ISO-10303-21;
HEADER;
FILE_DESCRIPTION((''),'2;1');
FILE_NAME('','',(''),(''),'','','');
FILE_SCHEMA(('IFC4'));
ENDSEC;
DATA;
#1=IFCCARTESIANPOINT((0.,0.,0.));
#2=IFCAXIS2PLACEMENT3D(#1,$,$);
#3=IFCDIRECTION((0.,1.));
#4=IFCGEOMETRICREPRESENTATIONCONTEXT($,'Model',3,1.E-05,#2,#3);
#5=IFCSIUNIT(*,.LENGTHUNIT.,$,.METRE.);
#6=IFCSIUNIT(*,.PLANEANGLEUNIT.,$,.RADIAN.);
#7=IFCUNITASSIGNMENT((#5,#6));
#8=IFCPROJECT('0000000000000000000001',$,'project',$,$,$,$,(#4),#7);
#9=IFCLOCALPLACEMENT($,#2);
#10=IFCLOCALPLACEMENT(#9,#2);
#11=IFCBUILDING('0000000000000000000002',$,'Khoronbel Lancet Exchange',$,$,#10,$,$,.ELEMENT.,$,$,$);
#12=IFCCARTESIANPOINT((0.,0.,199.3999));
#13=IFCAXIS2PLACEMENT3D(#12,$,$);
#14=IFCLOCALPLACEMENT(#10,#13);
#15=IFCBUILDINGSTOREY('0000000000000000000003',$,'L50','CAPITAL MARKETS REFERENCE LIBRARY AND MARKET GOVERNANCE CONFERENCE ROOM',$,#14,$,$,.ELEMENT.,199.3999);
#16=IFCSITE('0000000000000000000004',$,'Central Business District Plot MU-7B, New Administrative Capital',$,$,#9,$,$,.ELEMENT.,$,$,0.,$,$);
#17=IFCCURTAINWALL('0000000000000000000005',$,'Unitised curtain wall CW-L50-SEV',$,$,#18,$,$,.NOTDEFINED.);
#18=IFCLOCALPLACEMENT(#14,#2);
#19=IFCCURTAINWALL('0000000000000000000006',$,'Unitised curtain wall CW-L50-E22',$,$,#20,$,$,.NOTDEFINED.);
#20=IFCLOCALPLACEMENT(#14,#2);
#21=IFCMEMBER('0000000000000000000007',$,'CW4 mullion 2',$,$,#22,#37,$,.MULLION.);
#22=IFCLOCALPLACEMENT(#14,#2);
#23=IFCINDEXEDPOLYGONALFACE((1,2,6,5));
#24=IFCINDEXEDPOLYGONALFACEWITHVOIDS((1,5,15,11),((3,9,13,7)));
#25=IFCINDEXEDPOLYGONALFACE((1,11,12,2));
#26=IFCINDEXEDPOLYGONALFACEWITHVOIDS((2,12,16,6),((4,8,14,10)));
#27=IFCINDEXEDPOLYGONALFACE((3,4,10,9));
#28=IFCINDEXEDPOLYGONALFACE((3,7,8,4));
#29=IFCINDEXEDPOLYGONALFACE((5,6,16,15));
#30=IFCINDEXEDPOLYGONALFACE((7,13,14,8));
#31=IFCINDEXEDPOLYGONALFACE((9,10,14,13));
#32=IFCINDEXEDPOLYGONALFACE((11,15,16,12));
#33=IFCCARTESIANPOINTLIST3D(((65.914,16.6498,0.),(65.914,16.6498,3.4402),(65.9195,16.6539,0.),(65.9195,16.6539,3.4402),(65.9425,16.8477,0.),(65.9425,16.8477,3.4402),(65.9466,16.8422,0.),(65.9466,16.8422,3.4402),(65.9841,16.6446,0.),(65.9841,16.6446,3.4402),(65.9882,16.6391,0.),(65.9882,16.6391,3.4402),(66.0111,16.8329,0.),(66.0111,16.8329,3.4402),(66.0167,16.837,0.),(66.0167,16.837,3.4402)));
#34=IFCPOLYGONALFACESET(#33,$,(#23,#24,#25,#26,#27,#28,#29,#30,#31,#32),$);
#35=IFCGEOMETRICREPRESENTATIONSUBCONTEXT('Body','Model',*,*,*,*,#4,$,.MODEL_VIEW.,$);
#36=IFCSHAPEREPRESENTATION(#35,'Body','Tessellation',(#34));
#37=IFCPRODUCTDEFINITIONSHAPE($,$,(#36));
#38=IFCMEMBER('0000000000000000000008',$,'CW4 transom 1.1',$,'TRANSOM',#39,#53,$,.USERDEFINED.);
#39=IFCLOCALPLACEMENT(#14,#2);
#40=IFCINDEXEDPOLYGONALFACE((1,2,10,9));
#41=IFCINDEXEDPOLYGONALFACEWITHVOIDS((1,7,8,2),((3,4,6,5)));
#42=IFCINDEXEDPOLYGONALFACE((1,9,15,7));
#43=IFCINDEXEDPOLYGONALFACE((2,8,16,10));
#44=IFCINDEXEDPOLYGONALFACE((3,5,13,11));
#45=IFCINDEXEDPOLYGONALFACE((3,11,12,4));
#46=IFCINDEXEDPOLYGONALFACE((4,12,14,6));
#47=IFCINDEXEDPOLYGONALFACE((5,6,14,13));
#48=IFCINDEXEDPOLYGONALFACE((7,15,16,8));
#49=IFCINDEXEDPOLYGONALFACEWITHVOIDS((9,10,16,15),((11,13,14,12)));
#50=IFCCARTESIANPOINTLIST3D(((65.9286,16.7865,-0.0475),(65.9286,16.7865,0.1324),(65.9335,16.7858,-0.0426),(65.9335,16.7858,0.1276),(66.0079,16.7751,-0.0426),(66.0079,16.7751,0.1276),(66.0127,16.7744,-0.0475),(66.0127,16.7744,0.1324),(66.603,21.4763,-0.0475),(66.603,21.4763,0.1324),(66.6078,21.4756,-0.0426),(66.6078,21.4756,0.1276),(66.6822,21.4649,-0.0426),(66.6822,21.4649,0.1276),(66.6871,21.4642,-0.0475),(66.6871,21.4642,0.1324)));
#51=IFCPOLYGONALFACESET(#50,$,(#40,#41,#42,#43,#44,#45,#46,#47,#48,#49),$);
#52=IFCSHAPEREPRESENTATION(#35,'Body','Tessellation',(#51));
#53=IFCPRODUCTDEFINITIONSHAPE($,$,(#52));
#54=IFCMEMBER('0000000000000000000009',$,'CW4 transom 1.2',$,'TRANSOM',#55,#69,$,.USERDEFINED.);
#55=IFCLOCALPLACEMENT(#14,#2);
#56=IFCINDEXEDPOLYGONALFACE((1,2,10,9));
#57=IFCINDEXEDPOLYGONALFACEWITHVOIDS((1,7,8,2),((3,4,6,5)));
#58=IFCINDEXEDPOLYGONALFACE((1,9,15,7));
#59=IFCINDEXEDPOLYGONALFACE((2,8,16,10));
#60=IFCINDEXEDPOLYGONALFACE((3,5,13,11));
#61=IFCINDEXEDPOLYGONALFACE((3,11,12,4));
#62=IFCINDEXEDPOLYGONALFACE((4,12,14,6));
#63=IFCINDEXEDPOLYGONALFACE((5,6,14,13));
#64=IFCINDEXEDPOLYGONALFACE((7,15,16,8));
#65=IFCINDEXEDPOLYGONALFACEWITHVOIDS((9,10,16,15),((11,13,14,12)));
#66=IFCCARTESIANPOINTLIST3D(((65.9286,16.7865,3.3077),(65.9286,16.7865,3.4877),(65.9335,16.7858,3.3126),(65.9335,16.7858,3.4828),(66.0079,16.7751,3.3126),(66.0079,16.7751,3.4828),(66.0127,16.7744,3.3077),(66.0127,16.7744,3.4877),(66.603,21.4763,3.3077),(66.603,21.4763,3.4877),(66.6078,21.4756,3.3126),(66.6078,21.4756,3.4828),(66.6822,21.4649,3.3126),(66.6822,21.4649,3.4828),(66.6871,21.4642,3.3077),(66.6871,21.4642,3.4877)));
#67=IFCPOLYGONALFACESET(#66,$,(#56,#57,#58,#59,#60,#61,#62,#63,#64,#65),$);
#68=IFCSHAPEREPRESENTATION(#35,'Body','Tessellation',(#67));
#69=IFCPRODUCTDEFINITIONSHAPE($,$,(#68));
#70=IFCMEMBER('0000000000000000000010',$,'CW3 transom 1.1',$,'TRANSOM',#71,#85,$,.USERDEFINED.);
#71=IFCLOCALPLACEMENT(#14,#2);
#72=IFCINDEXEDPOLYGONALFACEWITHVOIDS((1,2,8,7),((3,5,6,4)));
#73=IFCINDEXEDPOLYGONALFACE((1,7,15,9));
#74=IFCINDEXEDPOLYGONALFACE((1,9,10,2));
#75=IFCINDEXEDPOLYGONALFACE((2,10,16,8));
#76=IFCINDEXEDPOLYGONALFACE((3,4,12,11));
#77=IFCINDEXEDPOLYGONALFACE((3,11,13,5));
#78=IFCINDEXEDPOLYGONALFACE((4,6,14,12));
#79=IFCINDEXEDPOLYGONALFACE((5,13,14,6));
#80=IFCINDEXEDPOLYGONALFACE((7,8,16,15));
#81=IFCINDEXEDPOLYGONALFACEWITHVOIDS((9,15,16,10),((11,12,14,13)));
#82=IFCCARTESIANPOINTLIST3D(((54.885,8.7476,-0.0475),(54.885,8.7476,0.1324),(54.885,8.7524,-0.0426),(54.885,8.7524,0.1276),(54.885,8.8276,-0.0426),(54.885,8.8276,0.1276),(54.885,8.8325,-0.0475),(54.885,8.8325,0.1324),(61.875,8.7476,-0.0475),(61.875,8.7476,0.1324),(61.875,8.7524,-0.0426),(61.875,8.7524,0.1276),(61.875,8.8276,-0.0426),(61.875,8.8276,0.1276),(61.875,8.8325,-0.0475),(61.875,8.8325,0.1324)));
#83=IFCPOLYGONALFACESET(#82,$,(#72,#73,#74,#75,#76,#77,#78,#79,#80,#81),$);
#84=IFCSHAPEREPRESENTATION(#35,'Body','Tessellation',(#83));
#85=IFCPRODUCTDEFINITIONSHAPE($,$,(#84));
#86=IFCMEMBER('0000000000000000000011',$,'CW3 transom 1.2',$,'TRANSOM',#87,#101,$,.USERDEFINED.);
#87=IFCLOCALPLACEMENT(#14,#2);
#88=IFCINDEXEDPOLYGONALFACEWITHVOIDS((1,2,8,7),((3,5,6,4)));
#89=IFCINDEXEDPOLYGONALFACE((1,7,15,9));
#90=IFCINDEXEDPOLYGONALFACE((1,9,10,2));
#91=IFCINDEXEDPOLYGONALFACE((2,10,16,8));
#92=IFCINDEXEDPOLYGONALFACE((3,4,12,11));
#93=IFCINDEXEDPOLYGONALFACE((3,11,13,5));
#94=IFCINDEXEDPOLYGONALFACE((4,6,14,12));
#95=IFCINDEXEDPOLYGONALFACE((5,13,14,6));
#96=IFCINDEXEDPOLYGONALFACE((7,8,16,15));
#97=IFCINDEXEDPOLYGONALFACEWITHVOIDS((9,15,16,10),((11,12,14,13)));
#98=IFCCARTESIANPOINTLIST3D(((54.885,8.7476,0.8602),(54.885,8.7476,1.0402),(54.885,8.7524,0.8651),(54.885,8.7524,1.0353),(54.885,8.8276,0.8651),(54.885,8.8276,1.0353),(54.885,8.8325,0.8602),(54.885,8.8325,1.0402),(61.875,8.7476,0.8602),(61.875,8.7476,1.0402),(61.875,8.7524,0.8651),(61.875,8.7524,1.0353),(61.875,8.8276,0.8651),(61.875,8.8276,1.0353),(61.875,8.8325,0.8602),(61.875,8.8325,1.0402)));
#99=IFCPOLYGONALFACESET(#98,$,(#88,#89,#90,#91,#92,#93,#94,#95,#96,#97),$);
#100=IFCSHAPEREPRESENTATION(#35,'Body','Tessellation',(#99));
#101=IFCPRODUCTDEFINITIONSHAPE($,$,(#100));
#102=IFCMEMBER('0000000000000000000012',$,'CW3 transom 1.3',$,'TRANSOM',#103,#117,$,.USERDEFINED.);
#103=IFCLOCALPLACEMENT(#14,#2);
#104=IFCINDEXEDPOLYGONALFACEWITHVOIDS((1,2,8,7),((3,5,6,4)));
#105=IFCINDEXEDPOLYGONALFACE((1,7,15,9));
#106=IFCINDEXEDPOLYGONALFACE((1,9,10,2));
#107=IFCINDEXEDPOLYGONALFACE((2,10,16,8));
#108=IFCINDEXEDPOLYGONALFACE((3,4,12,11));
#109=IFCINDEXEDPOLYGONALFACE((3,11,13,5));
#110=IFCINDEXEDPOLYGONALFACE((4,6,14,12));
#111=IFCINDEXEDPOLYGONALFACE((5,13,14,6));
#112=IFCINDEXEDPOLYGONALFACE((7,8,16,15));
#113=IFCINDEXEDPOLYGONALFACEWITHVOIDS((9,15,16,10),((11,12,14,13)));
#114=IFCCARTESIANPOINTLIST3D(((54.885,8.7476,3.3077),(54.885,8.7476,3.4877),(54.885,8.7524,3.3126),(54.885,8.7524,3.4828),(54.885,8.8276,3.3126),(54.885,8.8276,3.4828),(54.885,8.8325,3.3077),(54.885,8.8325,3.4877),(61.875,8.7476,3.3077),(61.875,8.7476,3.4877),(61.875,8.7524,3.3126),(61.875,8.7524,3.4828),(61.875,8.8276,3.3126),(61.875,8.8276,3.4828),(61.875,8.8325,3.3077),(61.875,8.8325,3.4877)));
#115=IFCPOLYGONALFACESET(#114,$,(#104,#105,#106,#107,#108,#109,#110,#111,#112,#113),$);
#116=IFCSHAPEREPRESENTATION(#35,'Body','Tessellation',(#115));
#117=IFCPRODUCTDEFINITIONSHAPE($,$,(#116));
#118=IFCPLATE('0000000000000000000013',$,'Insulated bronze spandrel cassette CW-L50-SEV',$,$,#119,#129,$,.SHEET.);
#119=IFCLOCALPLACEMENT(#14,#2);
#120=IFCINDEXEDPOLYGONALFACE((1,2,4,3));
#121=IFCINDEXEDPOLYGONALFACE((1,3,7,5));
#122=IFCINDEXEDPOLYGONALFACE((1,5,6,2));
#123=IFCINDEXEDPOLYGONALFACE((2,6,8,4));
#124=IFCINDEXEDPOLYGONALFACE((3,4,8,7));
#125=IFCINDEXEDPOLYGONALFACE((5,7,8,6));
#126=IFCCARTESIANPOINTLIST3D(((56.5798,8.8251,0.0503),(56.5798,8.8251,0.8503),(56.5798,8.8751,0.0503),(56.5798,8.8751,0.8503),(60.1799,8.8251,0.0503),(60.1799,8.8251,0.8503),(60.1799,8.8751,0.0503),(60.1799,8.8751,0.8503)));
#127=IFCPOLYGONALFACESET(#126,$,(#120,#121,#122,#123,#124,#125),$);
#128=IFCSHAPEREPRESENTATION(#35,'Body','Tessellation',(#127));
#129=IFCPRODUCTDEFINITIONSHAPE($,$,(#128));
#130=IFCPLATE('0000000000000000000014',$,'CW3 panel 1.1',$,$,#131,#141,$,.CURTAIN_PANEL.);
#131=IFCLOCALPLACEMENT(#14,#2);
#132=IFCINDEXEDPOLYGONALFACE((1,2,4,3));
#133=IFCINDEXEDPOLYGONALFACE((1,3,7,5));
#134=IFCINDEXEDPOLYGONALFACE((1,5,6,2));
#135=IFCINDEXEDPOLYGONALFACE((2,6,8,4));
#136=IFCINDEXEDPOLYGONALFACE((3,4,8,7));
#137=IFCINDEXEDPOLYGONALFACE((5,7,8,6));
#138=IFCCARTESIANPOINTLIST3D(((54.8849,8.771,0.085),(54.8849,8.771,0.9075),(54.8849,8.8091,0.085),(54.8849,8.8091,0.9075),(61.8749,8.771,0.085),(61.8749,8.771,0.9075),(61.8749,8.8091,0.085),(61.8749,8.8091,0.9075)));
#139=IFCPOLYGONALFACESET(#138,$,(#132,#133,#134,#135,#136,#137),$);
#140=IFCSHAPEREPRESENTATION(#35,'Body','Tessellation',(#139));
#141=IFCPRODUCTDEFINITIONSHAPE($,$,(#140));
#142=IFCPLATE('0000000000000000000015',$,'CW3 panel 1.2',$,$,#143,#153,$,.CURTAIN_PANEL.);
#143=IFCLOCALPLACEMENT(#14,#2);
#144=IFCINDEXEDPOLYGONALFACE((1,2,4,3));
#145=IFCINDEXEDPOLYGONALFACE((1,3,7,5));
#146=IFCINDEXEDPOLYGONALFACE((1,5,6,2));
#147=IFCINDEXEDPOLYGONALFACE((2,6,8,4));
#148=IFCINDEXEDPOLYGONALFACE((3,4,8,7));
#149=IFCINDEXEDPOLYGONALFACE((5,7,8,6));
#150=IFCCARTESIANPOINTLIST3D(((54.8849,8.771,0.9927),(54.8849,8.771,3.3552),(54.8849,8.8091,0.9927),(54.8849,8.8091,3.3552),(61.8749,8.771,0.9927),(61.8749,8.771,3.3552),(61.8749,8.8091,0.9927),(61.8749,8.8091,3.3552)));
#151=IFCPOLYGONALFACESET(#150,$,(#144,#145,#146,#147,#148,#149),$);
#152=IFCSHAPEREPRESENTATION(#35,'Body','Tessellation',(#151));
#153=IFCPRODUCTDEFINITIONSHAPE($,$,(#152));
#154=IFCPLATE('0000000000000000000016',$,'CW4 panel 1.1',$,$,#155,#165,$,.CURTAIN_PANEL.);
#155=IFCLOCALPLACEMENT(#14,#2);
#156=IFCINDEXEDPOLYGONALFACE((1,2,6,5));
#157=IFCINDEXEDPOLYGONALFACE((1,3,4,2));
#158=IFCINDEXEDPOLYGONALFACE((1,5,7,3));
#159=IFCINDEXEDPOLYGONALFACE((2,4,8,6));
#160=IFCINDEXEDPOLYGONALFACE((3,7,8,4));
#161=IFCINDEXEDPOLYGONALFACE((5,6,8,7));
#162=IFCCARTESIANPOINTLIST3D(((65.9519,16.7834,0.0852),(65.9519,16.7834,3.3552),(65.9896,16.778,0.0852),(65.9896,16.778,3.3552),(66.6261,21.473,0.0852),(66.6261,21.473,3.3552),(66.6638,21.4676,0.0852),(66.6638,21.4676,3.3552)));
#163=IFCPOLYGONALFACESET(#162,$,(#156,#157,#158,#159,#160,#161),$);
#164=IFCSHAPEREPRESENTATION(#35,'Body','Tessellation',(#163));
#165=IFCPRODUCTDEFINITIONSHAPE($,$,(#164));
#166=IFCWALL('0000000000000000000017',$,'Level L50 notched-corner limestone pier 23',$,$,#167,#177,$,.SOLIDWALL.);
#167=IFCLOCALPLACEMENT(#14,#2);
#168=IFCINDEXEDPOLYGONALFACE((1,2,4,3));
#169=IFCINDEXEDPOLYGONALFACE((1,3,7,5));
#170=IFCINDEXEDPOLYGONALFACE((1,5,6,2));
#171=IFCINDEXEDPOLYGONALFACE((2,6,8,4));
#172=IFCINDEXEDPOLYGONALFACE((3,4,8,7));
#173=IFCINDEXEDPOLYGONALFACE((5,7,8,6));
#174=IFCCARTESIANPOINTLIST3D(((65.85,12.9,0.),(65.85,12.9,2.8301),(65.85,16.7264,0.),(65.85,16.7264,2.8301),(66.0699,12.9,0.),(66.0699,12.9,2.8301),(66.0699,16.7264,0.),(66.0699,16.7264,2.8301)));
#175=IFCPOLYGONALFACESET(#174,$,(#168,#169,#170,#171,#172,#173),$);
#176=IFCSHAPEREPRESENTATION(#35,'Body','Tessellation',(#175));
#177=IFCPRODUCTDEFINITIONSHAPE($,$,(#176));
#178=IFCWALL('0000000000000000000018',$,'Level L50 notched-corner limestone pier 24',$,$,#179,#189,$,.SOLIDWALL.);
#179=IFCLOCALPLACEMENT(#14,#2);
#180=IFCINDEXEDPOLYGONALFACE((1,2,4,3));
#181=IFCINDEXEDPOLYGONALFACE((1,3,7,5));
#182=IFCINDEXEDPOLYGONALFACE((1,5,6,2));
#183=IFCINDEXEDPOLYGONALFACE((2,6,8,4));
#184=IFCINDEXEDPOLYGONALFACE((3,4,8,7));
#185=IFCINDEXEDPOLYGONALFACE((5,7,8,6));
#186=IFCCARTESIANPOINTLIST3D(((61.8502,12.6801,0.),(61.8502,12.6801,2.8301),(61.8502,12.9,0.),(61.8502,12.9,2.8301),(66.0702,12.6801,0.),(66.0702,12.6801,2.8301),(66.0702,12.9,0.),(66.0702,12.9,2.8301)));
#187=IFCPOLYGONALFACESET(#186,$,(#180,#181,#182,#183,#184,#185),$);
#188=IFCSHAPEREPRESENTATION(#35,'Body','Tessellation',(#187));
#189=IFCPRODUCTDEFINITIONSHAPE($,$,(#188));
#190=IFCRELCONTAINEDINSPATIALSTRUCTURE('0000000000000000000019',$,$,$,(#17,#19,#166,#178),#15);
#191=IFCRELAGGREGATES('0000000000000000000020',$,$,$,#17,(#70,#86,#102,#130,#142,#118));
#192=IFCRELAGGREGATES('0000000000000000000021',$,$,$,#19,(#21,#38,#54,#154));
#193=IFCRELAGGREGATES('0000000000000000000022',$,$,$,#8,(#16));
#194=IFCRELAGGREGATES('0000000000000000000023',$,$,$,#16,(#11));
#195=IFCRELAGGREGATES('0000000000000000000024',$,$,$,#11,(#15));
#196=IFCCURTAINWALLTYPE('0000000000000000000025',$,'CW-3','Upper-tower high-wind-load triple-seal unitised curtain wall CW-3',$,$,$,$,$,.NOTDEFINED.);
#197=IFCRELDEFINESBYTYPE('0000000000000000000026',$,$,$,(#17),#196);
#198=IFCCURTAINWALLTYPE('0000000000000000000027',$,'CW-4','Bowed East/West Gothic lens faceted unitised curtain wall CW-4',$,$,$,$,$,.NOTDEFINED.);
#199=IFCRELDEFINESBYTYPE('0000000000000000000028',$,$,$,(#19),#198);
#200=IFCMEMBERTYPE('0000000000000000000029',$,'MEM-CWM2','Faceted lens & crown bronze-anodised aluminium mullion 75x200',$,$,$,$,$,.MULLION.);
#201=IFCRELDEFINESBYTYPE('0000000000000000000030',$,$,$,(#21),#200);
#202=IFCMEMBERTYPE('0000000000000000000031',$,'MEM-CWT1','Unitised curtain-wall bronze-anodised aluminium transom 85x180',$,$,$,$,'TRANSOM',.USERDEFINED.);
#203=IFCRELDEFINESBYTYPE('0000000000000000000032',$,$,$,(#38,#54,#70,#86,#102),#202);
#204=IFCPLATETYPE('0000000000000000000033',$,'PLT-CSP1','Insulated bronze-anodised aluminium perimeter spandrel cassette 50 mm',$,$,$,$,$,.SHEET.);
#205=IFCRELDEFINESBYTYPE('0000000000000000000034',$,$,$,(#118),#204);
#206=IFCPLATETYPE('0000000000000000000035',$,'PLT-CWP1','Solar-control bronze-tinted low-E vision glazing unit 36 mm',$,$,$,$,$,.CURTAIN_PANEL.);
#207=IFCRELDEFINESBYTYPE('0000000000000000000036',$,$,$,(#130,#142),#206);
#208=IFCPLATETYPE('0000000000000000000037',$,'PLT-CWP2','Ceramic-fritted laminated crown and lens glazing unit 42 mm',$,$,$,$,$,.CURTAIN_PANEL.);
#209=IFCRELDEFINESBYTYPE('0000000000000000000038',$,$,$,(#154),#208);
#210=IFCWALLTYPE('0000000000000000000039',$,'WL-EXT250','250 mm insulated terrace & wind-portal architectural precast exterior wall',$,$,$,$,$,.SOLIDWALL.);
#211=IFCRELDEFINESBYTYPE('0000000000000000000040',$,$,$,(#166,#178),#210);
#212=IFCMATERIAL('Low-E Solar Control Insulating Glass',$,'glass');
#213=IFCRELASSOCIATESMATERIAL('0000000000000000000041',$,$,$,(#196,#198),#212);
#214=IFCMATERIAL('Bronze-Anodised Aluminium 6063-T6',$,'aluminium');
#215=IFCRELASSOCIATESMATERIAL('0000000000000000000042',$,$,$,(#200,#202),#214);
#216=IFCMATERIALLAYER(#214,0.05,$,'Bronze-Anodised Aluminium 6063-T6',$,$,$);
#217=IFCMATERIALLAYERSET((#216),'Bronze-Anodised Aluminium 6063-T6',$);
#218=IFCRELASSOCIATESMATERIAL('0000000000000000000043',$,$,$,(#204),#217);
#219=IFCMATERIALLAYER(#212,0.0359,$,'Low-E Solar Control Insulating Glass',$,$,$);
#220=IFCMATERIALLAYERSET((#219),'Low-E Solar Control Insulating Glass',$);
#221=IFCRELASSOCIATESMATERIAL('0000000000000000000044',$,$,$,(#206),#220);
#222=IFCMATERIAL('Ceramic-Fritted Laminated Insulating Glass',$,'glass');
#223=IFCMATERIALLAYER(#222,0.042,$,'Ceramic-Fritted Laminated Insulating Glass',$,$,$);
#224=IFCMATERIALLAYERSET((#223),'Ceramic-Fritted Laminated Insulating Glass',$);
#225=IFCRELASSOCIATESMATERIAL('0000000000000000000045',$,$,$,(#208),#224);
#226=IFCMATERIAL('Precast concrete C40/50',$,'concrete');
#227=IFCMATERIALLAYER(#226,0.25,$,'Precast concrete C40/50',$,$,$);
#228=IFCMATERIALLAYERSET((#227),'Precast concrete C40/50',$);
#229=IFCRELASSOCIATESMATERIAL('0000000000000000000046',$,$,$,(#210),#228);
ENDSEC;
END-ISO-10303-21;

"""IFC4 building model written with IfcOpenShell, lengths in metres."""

from ifc_helpers import new_model, si_unit, direction, frame, frame_2d, origin, origin_2d, place, context, subcontext, project, spatial, rectangle, hollow_rectangle, extrude, material, layer, layer_set, material_profile, profile_set, type_object, element, aggregate, save


model = new_model("IFC4")

# Units and contexts
model_context = context("Model", 3, precision=1e-05, world=origin(), true_north=direction((0.0, 1.0)))
body_context = subcontext(model_context, "Body", "Model", "MODEL_VIEW")
ifc_project = project(units=[si_unit("LENGTHUNIT", "METRE"), si_unit("PLANEANGLEUNIT", "RADIAN")], contexts=[model_context])

# Site, building, storey
site_placement = place(None, origin())
site = spatial("IfcSite", under=ifc_project, at=site_placement, Name="Central Business District Plot MU-7B, New Administrative Capital", CompositionType="ELEMENT", RefElevation=0.0)
building_placement = place(site_placement, origin())
building = spatial("IfcBuilding", under=site, at=building_placement, Name="Khoronbel Lancet Exchange", CompositionType="ELEMENT")
storey_placement = place(building_placement, frame((0.0, 0.0, 199.3999)))
storey = spatial("IfcBuildingStorey", under=building, at=storey_placement, Name="L50", Description="CAPITAL MARKETS REFERENCE LIBRARY AND MARKET GOVERNANCE CONFERENCE ROOM", CompositionType="ELEMENT", Elevation=199.3999)

# Shared definitions
ifc_material_1 = material(Name="Low-E Solar Control Insulating Glass", Category="glass")
curtain_wall_type_1 = type_object("IfcCurtainWallType", Name="CW-3", Description="Upper-tower high-wind-load triple-seal unitised curtain wall CW-3", PredefinedType="NOTDEFINED", material=ifc_material_1)
ifc_material_2 = material(Name="Bronze-Anodised Aluminium 6063-T6", Category="aluminium")

# Curtain walls, members
curtain_wall_1_placement = place(storey_placement, origin())
curtain_wall_1 = element("IfcCurtainWall", 1, at=curtain_wall_1_placement, inside=storey, type_object=curtain_wall_type_1, Name="Unitised curtain wall CW-L50-SEV", PredefinedType="NOTDEFINED")
curtain_wall_type_2 = type_object("IfcCurtainWallType", Name="CW-4", Description="Bowed East/West Gothic lens faceted unitised curtain wall CW-4", PredefinedType="NOTDEFINED", material=ifc_material_1)
curtain_wall_2_placement = place(storey_placement, origin())
curtain_wall_2 = element("IfcCurtainWall", 2, at=curtain_wall_2_placement, inside=storey, type_object=curtain_wall_type_2, Name="Unitised curtain wall CW-L50-E22", PredefinedType="NOTDEFINED")
ifc_material_profile_1 = material_profile(ifc_material_2, hollow_rectangle(XDim=0.075, YDim=0.2, WallThickness=0.0049, at=origin_2d()), Name="ALU MULLION 75x200")
ifc_profile_set_1 = profile_set([ifc_material_profile_1], Name="Bronze-Anodised Aluminium 6063-T6")
member_type_1 = type_object("IfcMemberType", Name="MEM-CWM2", Description="Faceted lens & crown bronze-anodised aluminium mullion 75x200", PredefinedType="MULLION", material=ifc_profile_set_1)
member_1_placement = place(storey_placement, frame((65.9653, 16.7434, 0.0), z_axis=(0.0, 0.0, 1.0), x_axis=(0.989821, -0.142315, 0.0)))
member_1 = element("IfcMember", 3, at=member_1_placement, type_object=member_type_1, Name="CW4 mullion 2", PredefinedType="MULLION", context=body_context, shape_type="SweptSolid", body=[
    extrude(hollow_rectangle(XDim=0.075, YDim=0.2, WallThickness=0.0049, at=origin_2d()), origin(), (0.0, 0.0, 1.0), 3.4402),
])
ifc_material_profile_2 = material_profile(ifc_material_2, hollow_rectangle(XDim=0.085, YDim=0.1799, WallThickness=0.0049, at=origin_2d()), Name="ALU TRANSOM 85x180")
ifc_profile_set_2 = profile_set([ifc_material_profile_2], Name="Bronze-Anodised Aluminium 6063-T6")
member_type_2 = type_object("IfcMemberType", Name="MEM-CWT1", Description="Unitised curtain-wall bronze-anodised aluminium transom 85x180", ElementType="TRANSOM", PredefinedType="USERDEFINED", material=ifc_profile_set_2)
member_2_placement = place(storey_placement, frame((66.645, 21.4702, 0.0425), z_axis=(-0.142323, -0.98982, 0.0), x_axis=(0.98982, -0.142323, 0.0)))
member_2 = element("IfcMember", 4, at=member_2_placement, type_object=member_type_2, Name="CW4 transom 1.1", ObjectType="TRANSOM", PredefinedType="USERDEFINED", context=body_context, shape_type="SweptSolid", body=[
    extrude(hollow_rectangle(XDim=0.085, YDim=0.1799, WallThickness=0.0049, at=origin_2d()), origin(), (0.0, 0.0, 1.0), 4.738),
])
member_3_placement = place(storey_placement, frame((66.645, 21.4702, 3.3977), z_axis=(-0.142323, -0.98982, 0.0), x_axis=(0.98982, -0.142323, 0.0)))
member_3 = element("IfcMember", 5, at=member_3_placement, type_object=member_type_2, Name="CW4 transom 1.2", ObjectType="TRANSOM", PredefinedType="USERDEFINED", context=body_context, shape_type="SweptSolid", body=[
    extrude(hollow_rectangle(XDim=0.085, YDim=0.1799, WallThickness=0.0049, at=origin_2d()), origin(), (0.0, 0.0, 1.0), 4.738),
])

# Members
member_4_placement = place(storey_placement, frame((54.885, 8.79, 0.0425), z_axis=(1.0, 0.0, 0.0), x_axis=(0.0, 1.0, 0.0)))
member_4 = element("IfcMember", 6, at=member_4_placement, type_object=member_type_2, Name="CW3 transom 1.1", ObjectType="TRANSOM", PredefinedType="USERDEFINED", context=body_context, shape_type="SweptSolid", body=[
    extrude(hollow_rectangle(XDim=0.085, YDim=0.1799, WallThickness=0.0049, at=origin_2d()), origin(), (0.0, 0.0, 1.0), 6.99),
])
member_5_placement = place(storey_placement, frame((54.885, 8.79, 0.9502), z_axis=(1.0, 0.0, 0.0), x_axis=(0.0, 1.0, 0.0)))
member_5 = element("IfcMember", 7, at=member_5_placement, type_object=member_type_2, Name="CW3 transom 1.2", ObjectType="TRANSOM", PredefinedType="USERDEFINED", context=body_context, shape_type="SweptSolid", body=[
    extrude(hollow_rectangle(XDim=0.085, YDim=0.1799, WallThickness=0.0049, at=origin_2d()), origin(), (0.0, 0.0, 1.0), 6.99),
])
member_6_placement = place(storey_placement, frame((54.885, 8.79, 3.3977), z_axis=(1.0, 0.0, 0.0), x_axis=(0.0, 1.0, 0.0)))
member_6 = element("IfcMember", 8, at=member_6_placement, type_object=member_type_2, Name="CW3 transom 1.3", ObjectType="TRANSOM", PredefinedType="USERDEFINED", context=body_context, shape_type="SweptSolid", body=[
    extrude(hollow_rectangle(XDim=0.085, YDim=0.1799, WallThickness=0.0049, at=origin_2d()), origin(), (0.0, 0.0, 1.0), 6.99),
])

# Plates
ifc_layer_1 = layer(ifc_material_2, 0.05, Name="Bronze-Anodised Aluminium 6063-T6")
ifc_layer_set_1 = layer_set([ifc_layer_1], Name="Bronze-Anodised Aluminium 6063-T6")
plate_type_1 = type_object("IfcPlateType", Name="PLT-CSP1", Description="Insulated bronze-anodised aluminium perimeter spandrel cassette 50 mm", PredefinedType="SHEET", material=ifc_layer_set_1)
plate_1_placement = place(storey_placement, frame((58.3799, 8.8501, 0.0503), z_axis=(0.0, 0.0, 1.0), x_axis=(1.0, 0.0, 0.0)))
plate_1 = element("IfcPlate", 9, at=plate_1_placement, type_object=plate_type_1, Name="Insulated bronze spandrel cassette CW-L50-SEV", PredefinedType="SHEET", context=body_context, shape_type="SweptSolid", body=[
    extrude(rectangle(XDim=3.6001, YDim=0.05, at=origin_2d()), origin(), (0.0, 0.0, 1.0), 0.8),
])
ifc_layer_2 = layer(ifc_material_1, 0.0359, Name="Low-E Solar Control Insulating Glass")
ifc_layer_set_2 = layer_set([ifc_layer_2], Name="Low-E Solar Control Insulating Glass")
plate_type_2 = type_object("IfcPlateType", Name="PLT-CWP1", Description="Solar-control bronze-tinted low-E vision glazing unit 36 mm", PredefinedType="CURTAIN_PANEL", material=ifc_layer_set_2)
plate_2_placement = place(storey_placement, frame((58.3799, 8.79, 0.085), z_axis=(0.0, 0.0, 1.0), x_axis=(1.0, 0.0, 0.0)))
plate_2 = element("IfcPlate", 10, at=plate_2_placement, type_object=plate_type_2, Name="CW3 panel 1.1", PredefinedType="CURTAIN_PANEL", context=body_context, shape_type="SweptSolid", body=[
    extrude(rectangle(XDim=6.99, YDim=0.0381, at=origin_2d()), origin(), (0.0, 0.0, 1.0), 0.8225),
])
plate_3_placement = place(storey_placement, frame((58.3799, 8.79, 0.9927), z_axis=(0.0, 0.0, 1.0), x_axis=(1.0, 0.0, 0.0)))
plate_3 = element("IfcPlate", 11, at=plate_3_placement, type_object=plate_type_2, Name="CW3 panel 1.2", PredefinedType="CURTAIN_PANEL", context=body_context, shape_type="SweptSolid", body=[
    extrude(rectangle(XDim=6.99, YDim=0.0381, at=origin_2d()), origin(), (0.0, 0.0, 1.0), 2.3625),
])
aggregate(curtain_wall_1, [member_4, member_5, member_6, plate_2, plate_3, plate_1])
ifc_material_3 = material(Name="Ceramic-Fritted Laminated Insulating Glass", Category="glass")
ifc_layer_3 = layer(ifc_material_3, 0.042, Name="Ceramic-Fritted Laminated Insulating Glass")
ifc_layer_set_3 = layer_set([ifc_layer_3], Name="Ceramic-Fritted Laminated Insulating Glass")
plate_type_3 = type_object("IfcPlateType", Name="PLT-CWP2", Description="Ceramic-fritted laminated crown and lens glazing unit 42 mm", PredefinedType="CURTAIN_PANEL", material=ifc_layer_set_3)
plate_4_placement = place(storey_placement, frame((66.3079, 19.1255, 0.0852), z_axis=(0.0, 0.0, 1.0), x_axis=(-0.142315, -0.989821, 0.0)))
plate_4 = element("IfcPlate", 12, at=plate_4_placement, type_object=plate_type_3, Name="CW4 panel 1.1", PredefinedType="CURTAIN_PANEL", context=body_context, shape_type="SweptSolid", body=[
    extrude(rectangle(XDim=4.7378, YDim=0.0381, at=origin_2d()), origin(), (0.0, 0.0, 1.0), 3.27),
])
aggregate(curtain_wall_2, [member_1, member_2, member_3, plate_4])

# Walls
ifc_material_4 = material(Name="Precast concrete C40/50", Category="concrete")
ifc_layer_4 = layer(ifc_material_4, 0.25, Name="Precast concrete C40/50")
ifc_layer_set_4 = layer_set([ifc_layer_4], Name="Precast concrete C40/50")
wall_type_1 = type_object("IfcWallType", Name="WL-EXT250", Description="250 mm insulated terrace & wind-portal architectural precast exterior wall", PredefinedType="SOLIDWALL", material=ifc_layer_set_4)
wall_1_placement = place(storey_placement, frame((65.96, 16.7263, 0.0), z_axis=(0.0, 0.0, 1.0), x_axis=(0.0, -1.0, 0.0)))
element("IfcWall", 13, at=wall_1_placement, inside=storey, type_object=wall_type_1, Name="Level L50 notched-corner limestone pier 23", PredefinedType="SOLIDWALL", context=body_context, shape_type="SweptSolid", body=[
    extrude(rectangle(XDim=3.8264, YDim=0.22, at=frame_2d((1.9131, 0.0))), origin(), (0.0, 0.0, 1.0), 2.8301),
])
wall_2_placement = place(storey_placement, frame((66.0701, 12.79, 0.0), z_axis=(0.0, 0.0, 1.0), x_axis=(-1.0, 0.0, 0.0)))
element("IfcWall", 14, at=wall_2_placement, inside=storey, type_object=wall_type_1, Name="Level L50 notched-corner limestone pier 24", PredefinedType="SOLIDWALL", context=body_context, shape_type="SweptSolid", body=[
    extrude(rectangle(XDim=4.22, YDim=0.22, at=frame_2d((2.1099, 0.0))), origin(), (0.0, 0.0, 1.0), 2.8301),
])

save(model, "model.ifc")
